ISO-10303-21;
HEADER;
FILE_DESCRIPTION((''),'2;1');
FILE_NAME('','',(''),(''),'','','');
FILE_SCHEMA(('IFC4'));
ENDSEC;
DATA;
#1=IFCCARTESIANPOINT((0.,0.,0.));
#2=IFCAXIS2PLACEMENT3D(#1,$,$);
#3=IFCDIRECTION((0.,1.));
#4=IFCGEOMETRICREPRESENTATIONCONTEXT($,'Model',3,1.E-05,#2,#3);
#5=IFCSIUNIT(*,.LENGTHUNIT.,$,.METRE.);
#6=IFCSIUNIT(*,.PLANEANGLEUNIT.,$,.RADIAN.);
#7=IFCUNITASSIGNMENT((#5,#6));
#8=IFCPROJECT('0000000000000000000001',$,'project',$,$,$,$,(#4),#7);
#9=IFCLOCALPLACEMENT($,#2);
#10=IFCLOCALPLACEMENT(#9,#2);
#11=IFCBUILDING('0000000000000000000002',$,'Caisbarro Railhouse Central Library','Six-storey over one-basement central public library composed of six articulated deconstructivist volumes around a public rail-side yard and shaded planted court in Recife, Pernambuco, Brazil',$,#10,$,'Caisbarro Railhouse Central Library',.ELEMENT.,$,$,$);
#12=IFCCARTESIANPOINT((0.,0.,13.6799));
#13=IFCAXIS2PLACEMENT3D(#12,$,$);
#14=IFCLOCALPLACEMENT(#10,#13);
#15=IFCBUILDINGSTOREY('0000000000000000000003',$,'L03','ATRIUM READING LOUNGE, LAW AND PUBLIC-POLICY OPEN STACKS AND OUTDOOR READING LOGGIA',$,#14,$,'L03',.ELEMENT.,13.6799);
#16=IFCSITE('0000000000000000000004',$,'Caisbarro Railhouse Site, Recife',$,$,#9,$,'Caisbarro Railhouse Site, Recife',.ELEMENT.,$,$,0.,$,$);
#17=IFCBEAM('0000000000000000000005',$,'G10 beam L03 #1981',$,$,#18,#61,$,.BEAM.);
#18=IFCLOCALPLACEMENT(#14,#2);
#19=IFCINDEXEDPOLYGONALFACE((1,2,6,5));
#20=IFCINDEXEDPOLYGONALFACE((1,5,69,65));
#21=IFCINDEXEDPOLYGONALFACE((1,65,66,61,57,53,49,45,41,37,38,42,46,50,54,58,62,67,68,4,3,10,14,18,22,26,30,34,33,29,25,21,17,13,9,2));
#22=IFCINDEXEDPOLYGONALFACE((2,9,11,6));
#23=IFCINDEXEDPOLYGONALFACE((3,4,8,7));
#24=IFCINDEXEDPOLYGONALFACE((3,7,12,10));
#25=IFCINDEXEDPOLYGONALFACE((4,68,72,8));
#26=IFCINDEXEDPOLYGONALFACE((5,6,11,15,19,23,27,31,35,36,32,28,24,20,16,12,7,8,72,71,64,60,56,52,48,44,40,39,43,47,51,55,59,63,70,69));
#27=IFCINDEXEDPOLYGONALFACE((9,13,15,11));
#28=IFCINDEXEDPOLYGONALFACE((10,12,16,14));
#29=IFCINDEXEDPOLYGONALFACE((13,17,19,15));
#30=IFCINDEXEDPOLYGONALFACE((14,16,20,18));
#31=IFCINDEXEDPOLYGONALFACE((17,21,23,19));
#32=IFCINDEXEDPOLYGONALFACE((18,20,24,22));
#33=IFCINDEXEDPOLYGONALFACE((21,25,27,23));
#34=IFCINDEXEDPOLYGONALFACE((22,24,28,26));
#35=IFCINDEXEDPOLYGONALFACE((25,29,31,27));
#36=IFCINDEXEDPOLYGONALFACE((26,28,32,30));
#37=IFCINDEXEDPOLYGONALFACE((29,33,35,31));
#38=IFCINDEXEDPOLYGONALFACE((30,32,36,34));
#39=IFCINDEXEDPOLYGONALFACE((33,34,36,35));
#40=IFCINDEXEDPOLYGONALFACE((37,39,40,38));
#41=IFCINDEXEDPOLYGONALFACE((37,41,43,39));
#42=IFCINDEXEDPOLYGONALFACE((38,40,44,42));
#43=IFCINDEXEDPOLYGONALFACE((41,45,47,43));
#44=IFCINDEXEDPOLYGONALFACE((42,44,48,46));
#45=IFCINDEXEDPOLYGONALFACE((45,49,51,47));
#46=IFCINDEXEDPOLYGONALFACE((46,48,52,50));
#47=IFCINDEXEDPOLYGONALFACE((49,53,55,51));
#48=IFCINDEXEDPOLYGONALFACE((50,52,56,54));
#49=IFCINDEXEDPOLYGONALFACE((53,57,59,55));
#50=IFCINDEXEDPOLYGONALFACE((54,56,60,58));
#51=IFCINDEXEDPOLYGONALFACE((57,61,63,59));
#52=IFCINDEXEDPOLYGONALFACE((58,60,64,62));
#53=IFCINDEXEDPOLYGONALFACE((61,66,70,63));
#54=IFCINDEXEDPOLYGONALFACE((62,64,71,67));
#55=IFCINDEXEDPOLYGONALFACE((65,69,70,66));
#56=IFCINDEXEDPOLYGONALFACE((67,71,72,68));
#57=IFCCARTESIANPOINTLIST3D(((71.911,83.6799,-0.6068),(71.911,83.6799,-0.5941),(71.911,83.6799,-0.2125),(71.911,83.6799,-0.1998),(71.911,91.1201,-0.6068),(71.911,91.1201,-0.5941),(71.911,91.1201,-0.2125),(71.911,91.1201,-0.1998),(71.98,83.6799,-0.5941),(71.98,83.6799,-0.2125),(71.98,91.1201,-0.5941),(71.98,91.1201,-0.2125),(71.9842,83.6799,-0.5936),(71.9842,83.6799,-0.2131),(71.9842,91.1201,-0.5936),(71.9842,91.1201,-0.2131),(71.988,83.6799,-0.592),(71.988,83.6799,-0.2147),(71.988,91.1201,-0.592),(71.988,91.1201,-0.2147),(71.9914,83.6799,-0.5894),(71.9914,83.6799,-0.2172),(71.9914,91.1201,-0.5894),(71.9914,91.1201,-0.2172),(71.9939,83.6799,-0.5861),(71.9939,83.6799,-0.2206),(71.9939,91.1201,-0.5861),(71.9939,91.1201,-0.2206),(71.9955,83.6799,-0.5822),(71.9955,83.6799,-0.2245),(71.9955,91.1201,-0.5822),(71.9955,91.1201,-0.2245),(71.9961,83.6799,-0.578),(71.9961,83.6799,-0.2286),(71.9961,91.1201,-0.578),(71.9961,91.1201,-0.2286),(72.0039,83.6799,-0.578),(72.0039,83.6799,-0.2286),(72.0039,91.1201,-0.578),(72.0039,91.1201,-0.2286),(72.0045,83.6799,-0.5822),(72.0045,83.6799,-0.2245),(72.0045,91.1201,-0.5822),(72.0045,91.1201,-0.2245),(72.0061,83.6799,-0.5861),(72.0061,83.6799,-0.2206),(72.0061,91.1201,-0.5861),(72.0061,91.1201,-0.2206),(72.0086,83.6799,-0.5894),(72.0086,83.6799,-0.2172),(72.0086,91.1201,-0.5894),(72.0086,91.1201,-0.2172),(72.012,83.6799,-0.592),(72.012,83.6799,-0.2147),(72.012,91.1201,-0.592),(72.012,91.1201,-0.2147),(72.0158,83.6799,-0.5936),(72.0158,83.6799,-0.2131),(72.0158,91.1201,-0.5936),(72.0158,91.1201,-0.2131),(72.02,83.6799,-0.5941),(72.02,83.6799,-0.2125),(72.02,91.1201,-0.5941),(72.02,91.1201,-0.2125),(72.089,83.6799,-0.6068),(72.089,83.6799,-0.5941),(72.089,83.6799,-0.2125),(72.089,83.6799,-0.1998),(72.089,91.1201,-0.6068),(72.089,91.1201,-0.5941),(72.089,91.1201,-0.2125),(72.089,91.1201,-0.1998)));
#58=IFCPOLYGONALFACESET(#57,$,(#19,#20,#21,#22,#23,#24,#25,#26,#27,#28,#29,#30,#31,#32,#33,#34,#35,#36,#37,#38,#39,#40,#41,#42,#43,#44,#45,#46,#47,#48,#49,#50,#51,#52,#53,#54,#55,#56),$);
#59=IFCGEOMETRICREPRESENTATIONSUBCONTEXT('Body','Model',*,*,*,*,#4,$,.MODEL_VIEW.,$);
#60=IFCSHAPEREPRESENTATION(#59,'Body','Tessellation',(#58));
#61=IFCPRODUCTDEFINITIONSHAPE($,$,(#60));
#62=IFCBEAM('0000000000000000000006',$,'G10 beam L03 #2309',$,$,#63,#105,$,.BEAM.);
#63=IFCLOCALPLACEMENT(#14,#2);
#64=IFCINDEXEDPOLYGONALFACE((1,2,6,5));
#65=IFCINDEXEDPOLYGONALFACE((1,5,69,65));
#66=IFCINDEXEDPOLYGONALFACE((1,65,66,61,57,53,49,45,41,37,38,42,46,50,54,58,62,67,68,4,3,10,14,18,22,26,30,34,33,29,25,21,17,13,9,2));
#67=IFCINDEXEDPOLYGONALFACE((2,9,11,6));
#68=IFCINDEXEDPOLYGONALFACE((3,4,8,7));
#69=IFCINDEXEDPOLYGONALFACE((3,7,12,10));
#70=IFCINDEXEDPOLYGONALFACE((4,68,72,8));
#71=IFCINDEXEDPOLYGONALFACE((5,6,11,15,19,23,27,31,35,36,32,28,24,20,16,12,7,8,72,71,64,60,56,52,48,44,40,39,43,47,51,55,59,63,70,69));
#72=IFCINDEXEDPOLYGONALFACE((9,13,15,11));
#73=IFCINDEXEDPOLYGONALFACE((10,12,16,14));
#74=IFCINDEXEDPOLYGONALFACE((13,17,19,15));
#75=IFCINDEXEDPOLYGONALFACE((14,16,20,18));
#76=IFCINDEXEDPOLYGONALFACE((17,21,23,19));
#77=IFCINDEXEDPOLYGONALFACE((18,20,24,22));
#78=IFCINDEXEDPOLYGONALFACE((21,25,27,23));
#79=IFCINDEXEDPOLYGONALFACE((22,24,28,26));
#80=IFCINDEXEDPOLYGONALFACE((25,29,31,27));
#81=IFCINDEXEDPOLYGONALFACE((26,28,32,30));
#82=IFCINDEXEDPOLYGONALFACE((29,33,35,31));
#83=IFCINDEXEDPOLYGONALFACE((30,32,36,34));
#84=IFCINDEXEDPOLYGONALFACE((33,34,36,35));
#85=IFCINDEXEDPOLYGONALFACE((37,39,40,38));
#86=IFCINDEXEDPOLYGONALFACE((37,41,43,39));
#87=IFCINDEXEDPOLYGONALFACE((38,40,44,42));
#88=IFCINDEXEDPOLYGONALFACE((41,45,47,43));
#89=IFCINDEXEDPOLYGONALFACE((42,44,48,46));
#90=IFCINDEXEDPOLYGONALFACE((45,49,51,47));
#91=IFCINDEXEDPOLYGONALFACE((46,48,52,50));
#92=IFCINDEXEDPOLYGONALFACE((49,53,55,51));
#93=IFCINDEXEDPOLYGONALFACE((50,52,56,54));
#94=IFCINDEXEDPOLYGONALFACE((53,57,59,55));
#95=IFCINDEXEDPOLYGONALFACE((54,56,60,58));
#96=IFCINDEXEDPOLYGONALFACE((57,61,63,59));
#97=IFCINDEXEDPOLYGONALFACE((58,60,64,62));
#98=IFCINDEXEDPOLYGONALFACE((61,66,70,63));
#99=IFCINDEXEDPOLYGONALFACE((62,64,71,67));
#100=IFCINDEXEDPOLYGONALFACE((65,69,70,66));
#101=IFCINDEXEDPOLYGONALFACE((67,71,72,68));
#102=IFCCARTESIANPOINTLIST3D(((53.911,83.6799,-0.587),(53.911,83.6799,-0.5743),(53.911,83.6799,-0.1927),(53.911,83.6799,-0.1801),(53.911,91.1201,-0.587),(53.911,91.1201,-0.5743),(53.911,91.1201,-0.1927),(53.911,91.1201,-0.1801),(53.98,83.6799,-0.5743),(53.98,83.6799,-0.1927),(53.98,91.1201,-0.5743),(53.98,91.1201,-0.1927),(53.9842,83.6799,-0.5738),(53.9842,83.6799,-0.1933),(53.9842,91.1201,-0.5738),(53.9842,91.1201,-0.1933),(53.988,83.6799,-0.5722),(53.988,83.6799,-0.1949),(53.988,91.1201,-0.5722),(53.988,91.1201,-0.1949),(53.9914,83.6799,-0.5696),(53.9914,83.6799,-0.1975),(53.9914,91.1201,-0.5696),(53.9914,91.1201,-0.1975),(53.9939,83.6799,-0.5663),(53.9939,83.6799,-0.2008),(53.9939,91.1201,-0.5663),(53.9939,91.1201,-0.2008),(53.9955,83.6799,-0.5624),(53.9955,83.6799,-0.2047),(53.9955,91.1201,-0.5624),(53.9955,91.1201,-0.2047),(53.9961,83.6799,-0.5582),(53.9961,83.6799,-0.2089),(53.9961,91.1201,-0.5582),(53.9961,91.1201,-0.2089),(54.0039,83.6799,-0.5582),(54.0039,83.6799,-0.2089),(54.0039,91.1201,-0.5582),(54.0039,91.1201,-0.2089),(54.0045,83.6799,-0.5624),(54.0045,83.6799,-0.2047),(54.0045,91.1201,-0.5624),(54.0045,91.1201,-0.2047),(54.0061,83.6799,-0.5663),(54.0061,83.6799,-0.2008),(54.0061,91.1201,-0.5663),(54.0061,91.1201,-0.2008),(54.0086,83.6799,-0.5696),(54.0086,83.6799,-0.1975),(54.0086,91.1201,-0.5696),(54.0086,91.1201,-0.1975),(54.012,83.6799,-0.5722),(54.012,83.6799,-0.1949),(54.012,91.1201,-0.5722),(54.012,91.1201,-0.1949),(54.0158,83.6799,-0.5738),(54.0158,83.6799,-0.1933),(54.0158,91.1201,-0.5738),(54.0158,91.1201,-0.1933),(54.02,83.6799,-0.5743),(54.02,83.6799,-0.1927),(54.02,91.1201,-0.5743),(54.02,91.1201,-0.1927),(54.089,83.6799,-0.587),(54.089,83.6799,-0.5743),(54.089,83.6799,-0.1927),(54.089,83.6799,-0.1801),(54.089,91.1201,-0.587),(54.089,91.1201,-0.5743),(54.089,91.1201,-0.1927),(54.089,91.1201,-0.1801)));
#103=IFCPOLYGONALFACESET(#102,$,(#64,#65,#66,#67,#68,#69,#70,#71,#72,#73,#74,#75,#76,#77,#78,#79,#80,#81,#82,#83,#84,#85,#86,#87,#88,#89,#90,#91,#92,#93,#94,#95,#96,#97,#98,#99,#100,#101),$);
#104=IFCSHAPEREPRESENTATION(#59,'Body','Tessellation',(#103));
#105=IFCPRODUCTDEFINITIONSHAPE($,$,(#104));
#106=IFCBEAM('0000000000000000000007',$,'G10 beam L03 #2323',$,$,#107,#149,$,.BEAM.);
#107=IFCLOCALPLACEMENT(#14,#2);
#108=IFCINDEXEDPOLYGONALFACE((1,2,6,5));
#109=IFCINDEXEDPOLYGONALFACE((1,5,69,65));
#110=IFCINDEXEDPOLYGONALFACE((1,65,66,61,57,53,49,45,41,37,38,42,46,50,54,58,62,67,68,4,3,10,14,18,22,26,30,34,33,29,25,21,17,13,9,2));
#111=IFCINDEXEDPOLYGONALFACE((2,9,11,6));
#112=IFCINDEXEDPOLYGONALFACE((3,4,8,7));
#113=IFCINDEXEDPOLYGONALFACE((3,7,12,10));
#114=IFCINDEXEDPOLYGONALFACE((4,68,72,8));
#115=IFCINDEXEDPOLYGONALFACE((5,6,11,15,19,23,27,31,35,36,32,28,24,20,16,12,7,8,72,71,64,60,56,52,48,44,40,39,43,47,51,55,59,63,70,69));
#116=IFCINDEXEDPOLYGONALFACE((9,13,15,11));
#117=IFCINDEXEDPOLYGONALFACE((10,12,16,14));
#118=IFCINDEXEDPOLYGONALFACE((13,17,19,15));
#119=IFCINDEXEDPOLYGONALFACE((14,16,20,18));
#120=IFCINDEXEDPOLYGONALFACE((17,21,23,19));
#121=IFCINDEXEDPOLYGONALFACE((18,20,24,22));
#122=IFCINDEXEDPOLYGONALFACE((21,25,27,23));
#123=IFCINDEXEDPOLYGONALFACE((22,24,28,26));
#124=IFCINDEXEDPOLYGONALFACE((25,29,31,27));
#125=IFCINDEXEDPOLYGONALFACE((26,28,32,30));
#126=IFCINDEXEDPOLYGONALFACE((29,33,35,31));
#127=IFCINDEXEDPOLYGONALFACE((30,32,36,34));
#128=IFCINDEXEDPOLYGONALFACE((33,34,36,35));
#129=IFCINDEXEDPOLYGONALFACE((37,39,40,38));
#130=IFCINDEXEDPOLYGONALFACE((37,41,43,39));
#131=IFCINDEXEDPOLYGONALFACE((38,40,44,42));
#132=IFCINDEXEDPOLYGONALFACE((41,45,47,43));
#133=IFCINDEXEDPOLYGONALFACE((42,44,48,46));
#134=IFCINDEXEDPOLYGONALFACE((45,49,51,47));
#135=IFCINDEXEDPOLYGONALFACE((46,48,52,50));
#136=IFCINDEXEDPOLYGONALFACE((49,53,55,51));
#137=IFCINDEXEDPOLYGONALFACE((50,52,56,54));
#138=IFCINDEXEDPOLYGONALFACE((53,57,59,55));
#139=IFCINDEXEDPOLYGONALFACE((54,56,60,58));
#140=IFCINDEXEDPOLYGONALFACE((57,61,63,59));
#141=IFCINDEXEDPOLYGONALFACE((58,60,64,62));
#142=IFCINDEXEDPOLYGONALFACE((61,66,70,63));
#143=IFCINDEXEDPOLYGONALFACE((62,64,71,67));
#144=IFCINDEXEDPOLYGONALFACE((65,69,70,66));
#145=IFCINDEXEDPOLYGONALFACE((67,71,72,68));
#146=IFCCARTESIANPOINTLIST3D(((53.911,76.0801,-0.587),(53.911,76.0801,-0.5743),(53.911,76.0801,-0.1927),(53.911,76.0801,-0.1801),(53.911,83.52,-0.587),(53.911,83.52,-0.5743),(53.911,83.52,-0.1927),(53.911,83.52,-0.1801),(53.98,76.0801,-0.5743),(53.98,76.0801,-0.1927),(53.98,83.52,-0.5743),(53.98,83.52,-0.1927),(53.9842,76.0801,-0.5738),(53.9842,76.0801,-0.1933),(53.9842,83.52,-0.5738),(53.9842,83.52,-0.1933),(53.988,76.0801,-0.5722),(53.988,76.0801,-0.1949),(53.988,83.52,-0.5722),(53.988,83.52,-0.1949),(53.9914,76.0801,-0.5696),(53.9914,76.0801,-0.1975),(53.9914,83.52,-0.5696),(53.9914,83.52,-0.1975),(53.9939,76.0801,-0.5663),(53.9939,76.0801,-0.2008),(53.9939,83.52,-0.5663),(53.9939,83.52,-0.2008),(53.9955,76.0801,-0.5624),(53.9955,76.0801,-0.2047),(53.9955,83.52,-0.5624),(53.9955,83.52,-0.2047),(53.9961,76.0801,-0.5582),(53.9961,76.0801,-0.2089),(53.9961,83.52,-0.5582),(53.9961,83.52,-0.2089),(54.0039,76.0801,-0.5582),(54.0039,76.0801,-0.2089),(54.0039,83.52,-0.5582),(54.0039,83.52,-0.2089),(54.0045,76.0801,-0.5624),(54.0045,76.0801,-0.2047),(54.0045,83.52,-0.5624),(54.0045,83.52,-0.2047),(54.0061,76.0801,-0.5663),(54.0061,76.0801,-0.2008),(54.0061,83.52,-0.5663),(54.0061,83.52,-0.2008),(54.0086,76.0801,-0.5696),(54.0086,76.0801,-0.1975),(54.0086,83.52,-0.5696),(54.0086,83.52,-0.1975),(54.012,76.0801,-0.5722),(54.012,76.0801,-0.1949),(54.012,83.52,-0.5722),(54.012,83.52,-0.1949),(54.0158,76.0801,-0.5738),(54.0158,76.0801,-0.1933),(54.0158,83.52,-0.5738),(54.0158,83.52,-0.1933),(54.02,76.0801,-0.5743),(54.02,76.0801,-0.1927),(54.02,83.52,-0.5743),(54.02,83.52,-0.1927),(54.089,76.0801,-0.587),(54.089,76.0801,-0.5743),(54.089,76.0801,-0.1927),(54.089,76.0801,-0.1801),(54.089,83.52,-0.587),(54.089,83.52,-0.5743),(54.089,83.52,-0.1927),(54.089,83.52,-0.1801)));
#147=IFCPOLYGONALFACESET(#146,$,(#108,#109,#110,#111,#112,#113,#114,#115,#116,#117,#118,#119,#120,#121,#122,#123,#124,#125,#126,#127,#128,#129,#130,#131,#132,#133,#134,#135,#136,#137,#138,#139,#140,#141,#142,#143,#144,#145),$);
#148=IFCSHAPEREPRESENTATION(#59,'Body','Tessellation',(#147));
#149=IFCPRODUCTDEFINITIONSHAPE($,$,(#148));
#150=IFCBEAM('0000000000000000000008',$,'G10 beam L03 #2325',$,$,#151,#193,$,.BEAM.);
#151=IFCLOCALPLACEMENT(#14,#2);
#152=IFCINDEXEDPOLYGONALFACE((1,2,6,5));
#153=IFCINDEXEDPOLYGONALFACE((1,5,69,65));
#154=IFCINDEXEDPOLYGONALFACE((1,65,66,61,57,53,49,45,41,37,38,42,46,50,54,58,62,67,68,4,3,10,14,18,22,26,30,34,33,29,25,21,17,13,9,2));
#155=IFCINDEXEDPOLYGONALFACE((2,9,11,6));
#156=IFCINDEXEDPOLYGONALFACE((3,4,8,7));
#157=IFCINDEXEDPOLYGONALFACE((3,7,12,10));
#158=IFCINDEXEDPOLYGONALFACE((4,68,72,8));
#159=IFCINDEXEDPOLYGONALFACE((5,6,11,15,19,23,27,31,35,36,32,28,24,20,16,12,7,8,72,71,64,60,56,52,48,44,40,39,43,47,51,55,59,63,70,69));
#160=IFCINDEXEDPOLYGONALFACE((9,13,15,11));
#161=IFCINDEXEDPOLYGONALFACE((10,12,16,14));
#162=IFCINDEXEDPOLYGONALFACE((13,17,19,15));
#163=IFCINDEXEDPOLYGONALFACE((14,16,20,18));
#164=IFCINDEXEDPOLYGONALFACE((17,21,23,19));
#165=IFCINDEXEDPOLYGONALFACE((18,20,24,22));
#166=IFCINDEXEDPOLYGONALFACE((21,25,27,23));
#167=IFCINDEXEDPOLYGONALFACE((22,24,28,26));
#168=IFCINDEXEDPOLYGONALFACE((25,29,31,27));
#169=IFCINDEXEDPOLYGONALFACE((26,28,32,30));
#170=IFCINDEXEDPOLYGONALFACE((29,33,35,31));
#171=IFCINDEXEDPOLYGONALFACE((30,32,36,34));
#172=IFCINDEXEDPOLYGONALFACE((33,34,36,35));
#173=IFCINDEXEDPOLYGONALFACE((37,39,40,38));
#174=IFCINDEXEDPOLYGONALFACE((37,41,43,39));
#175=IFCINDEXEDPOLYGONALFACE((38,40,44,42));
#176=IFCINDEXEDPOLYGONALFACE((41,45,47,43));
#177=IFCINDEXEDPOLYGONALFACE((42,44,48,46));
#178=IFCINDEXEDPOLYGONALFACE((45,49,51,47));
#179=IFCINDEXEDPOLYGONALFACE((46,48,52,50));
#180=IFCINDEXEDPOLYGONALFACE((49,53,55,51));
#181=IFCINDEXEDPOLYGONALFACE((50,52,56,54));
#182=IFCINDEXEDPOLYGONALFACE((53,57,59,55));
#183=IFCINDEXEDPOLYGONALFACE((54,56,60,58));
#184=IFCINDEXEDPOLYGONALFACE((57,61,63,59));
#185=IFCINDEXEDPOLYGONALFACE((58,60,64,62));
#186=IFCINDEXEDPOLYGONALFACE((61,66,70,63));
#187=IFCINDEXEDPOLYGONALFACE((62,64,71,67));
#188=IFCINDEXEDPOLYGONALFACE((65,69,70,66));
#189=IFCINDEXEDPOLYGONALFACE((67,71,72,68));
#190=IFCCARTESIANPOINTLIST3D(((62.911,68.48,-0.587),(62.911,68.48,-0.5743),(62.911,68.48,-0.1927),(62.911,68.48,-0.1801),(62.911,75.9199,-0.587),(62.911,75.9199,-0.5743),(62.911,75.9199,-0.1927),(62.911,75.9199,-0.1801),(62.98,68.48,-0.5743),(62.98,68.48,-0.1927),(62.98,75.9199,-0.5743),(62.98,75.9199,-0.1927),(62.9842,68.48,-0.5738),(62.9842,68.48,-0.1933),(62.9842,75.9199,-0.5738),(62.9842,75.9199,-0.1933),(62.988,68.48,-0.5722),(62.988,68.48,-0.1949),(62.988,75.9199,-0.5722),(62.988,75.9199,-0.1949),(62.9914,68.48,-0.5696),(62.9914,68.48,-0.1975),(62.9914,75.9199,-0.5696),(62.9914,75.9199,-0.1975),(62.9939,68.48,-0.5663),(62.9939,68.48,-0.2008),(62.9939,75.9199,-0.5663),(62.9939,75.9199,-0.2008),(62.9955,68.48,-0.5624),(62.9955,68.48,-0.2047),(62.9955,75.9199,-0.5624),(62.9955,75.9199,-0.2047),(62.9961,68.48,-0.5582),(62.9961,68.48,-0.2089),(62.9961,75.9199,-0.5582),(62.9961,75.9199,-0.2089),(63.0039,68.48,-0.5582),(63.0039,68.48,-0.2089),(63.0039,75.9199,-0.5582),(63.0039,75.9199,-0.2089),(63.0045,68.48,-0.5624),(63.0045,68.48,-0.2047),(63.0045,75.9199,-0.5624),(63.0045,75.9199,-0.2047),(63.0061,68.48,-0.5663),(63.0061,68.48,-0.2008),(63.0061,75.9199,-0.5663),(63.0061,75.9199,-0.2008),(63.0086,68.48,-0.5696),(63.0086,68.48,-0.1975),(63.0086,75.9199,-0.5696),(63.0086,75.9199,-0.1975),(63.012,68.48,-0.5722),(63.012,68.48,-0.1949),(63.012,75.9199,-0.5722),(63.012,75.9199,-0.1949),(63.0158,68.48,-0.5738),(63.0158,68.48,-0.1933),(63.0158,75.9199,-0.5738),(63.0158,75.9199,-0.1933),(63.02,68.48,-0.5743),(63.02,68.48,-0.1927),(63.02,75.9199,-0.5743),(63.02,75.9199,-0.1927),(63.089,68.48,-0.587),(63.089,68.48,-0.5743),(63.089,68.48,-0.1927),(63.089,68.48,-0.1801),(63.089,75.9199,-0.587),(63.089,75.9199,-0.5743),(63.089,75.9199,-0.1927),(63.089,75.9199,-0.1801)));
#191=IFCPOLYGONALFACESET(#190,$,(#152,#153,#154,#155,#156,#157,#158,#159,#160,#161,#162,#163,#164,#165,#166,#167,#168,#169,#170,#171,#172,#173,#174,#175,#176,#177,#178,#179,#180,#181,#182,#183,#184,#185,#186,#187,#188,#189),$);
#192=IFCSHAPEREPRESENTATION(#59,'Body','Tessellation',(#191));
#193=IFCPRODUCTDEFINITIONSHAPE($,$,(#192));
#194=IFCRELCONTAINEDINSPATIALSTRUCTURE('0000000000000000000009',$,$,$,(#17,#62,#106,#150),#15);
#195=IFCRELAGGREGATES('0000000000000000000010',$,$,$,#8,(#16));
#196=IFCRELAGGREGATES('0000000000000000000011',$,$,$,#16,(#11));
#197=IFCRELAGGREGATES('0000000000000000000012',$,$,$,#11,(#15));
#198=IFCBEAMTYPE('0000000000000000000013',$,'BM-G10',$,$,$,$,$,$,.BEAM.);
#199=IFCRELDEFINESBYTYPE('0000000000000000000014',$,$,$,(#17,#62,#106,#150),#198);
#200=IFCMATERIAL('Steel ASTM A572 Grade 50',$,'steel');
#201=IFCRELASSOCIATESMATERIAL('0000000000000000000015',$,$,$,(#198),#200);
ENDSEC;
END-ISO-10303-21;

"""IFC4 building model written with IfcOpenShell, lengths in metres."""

from ifc_helpers import new_model, si_unit, direction, frame, origin, origin_2d, place, context, subcontext, project, spatial, i_section, extrude, material, material_profile, profile_set, type_object, element, save


model = new_model("IFC4")

# Units and contexts
model_context = context("Model", 3, precision=1e-05, world=origin(), true_north=direction((0.0, 1.0)))
body_context = subcontext(model_context, "Body", "Model", "MODEL_VIEW")
ifc_project = project(units=[si_unit("LENGTHUNIT", "METRE"), si_unit("PLANEANGLEUNIT", "RADIAN")], contexts=[model_context])

# Site, building, storey
site_placement = place(None, origin())
site = spatial("IfcSite", under=ifc_project, at=site_placement, Name="Caisbarro Railhouse Site, Recife", LongName="Caisbarro Railhouse Site, Recife", CompositionType="ELEMENT", RefElevation=0.0)
building_placement = place(site_placement, origin())
building = spatial("IfcBuilding", under=site, at=building_placement, Name="Caisbarro Railhouse Central Library", Description="Six-storey over one-basement central public library composed of six articulated deconstructivist volumes around a public rail-side yard and shaded planted court in Recife, Pernambuco, Brazil", LongName="Caisbarro Railhouse Central Library", CompositionType="ELEMENT")
storey_placement = place(building_placement, frame((0.0, 0.0, 13.6799)))
storey = spatial("IfcBuildingStorey", under=building, at=storey_placement, Name="L03", Description="ATRIUM READING LOUNGE, LAW AND PUBLIC-POLICY OPEN STACKS AND OUTDOOR READING LOGGIA", LongName="L03", CompositionType="ELEMENT", Elevation=13.6799)

# Shared definitions
ifc_material_1 = material(Name="Steel ASTM A572 Grade 50", Category="steel")

# Beams
ifc_material_profile_1 = material_profile(ifc_material_1, i_section(OverallWidth=0.178, OverallDepth=0.407, WebThickness=0.0078, FlangeThickness=0.0127, FilletRadius=0.0161, at=origin_2d()), Name="W410X60.0")
ifc_profile_set_1 = profile_set([ifc_material_profile_1], Name="Steel ASTM A572 Grade 50")
beam_type_1 = type_object("IfcBeamType", Name="BM-G10", PredefinedType="BEAM", material=ifc_profile_set_1)
for number, where, z_axis, x_axis, name in (
    (1, (72.0, 83.6799, -0.4033), (0.0, 1.0, 0.0), (-1.0, 0.0, 0.0), "G10 beam L03 #1981"),
    (2, (54.0, 83.6799, -0.3835), (0.0, 1.0, 0.0), (-1.0, 0.0, 0.0), "G10 beam L03 #2309"),
):
    element("IfcBeam", number, at=place(storey_placement, frame(where, z_axis=z_axis, x_axis=x_axis)), inside=storey, type_object=beam_type_1, Name=name, PredefinedType="BEAM", context=body_context, shape_type="SweptSolid", body=[
        extrude(i_section(OverallWidth=0.178, OverallDepth=0.407, WebThickness=0.0078, FlangeThickness=0.0127, FilletRadius=0.0161, at=origin_2d()), origin(), (0.0, 0.0, 1.0), 7.4402),
    ])
for number, where, z_axis, x_axis, name in (
    (3, (54.0, 76.0801, -0.3835), (0.0, 1.0, 0.0), (-1.0, 0.0, 0.0), "G10 beam L03 #2323"),
    (4, (63.0, 68.48, -0.3835), (0.0, 1.0, 0.0), (-1.0, 0.0, 0.0), "G10 beam L03 #2325"),
):
    element("IfcBeam", number, at=place(storey_placement, frame(where, z_axis=z_axis, x_axis=x_axis)), inside=storey, type_object=beam_type_1, Name=name, PredefinedType="BEAM", context=body_context, shape_type="SweptSolid", body=[
        extrude(i_section(OverallWidth=0.178, OverallDepth=0.407, WebThickness=0.0078, FlangeThickness=0.0127, FilletRadius=0.0161, at=origin_2d()), origin(), (0.0, 0.0, 1.0), 7.4399),
    ])

save(model, "model.ifc")
